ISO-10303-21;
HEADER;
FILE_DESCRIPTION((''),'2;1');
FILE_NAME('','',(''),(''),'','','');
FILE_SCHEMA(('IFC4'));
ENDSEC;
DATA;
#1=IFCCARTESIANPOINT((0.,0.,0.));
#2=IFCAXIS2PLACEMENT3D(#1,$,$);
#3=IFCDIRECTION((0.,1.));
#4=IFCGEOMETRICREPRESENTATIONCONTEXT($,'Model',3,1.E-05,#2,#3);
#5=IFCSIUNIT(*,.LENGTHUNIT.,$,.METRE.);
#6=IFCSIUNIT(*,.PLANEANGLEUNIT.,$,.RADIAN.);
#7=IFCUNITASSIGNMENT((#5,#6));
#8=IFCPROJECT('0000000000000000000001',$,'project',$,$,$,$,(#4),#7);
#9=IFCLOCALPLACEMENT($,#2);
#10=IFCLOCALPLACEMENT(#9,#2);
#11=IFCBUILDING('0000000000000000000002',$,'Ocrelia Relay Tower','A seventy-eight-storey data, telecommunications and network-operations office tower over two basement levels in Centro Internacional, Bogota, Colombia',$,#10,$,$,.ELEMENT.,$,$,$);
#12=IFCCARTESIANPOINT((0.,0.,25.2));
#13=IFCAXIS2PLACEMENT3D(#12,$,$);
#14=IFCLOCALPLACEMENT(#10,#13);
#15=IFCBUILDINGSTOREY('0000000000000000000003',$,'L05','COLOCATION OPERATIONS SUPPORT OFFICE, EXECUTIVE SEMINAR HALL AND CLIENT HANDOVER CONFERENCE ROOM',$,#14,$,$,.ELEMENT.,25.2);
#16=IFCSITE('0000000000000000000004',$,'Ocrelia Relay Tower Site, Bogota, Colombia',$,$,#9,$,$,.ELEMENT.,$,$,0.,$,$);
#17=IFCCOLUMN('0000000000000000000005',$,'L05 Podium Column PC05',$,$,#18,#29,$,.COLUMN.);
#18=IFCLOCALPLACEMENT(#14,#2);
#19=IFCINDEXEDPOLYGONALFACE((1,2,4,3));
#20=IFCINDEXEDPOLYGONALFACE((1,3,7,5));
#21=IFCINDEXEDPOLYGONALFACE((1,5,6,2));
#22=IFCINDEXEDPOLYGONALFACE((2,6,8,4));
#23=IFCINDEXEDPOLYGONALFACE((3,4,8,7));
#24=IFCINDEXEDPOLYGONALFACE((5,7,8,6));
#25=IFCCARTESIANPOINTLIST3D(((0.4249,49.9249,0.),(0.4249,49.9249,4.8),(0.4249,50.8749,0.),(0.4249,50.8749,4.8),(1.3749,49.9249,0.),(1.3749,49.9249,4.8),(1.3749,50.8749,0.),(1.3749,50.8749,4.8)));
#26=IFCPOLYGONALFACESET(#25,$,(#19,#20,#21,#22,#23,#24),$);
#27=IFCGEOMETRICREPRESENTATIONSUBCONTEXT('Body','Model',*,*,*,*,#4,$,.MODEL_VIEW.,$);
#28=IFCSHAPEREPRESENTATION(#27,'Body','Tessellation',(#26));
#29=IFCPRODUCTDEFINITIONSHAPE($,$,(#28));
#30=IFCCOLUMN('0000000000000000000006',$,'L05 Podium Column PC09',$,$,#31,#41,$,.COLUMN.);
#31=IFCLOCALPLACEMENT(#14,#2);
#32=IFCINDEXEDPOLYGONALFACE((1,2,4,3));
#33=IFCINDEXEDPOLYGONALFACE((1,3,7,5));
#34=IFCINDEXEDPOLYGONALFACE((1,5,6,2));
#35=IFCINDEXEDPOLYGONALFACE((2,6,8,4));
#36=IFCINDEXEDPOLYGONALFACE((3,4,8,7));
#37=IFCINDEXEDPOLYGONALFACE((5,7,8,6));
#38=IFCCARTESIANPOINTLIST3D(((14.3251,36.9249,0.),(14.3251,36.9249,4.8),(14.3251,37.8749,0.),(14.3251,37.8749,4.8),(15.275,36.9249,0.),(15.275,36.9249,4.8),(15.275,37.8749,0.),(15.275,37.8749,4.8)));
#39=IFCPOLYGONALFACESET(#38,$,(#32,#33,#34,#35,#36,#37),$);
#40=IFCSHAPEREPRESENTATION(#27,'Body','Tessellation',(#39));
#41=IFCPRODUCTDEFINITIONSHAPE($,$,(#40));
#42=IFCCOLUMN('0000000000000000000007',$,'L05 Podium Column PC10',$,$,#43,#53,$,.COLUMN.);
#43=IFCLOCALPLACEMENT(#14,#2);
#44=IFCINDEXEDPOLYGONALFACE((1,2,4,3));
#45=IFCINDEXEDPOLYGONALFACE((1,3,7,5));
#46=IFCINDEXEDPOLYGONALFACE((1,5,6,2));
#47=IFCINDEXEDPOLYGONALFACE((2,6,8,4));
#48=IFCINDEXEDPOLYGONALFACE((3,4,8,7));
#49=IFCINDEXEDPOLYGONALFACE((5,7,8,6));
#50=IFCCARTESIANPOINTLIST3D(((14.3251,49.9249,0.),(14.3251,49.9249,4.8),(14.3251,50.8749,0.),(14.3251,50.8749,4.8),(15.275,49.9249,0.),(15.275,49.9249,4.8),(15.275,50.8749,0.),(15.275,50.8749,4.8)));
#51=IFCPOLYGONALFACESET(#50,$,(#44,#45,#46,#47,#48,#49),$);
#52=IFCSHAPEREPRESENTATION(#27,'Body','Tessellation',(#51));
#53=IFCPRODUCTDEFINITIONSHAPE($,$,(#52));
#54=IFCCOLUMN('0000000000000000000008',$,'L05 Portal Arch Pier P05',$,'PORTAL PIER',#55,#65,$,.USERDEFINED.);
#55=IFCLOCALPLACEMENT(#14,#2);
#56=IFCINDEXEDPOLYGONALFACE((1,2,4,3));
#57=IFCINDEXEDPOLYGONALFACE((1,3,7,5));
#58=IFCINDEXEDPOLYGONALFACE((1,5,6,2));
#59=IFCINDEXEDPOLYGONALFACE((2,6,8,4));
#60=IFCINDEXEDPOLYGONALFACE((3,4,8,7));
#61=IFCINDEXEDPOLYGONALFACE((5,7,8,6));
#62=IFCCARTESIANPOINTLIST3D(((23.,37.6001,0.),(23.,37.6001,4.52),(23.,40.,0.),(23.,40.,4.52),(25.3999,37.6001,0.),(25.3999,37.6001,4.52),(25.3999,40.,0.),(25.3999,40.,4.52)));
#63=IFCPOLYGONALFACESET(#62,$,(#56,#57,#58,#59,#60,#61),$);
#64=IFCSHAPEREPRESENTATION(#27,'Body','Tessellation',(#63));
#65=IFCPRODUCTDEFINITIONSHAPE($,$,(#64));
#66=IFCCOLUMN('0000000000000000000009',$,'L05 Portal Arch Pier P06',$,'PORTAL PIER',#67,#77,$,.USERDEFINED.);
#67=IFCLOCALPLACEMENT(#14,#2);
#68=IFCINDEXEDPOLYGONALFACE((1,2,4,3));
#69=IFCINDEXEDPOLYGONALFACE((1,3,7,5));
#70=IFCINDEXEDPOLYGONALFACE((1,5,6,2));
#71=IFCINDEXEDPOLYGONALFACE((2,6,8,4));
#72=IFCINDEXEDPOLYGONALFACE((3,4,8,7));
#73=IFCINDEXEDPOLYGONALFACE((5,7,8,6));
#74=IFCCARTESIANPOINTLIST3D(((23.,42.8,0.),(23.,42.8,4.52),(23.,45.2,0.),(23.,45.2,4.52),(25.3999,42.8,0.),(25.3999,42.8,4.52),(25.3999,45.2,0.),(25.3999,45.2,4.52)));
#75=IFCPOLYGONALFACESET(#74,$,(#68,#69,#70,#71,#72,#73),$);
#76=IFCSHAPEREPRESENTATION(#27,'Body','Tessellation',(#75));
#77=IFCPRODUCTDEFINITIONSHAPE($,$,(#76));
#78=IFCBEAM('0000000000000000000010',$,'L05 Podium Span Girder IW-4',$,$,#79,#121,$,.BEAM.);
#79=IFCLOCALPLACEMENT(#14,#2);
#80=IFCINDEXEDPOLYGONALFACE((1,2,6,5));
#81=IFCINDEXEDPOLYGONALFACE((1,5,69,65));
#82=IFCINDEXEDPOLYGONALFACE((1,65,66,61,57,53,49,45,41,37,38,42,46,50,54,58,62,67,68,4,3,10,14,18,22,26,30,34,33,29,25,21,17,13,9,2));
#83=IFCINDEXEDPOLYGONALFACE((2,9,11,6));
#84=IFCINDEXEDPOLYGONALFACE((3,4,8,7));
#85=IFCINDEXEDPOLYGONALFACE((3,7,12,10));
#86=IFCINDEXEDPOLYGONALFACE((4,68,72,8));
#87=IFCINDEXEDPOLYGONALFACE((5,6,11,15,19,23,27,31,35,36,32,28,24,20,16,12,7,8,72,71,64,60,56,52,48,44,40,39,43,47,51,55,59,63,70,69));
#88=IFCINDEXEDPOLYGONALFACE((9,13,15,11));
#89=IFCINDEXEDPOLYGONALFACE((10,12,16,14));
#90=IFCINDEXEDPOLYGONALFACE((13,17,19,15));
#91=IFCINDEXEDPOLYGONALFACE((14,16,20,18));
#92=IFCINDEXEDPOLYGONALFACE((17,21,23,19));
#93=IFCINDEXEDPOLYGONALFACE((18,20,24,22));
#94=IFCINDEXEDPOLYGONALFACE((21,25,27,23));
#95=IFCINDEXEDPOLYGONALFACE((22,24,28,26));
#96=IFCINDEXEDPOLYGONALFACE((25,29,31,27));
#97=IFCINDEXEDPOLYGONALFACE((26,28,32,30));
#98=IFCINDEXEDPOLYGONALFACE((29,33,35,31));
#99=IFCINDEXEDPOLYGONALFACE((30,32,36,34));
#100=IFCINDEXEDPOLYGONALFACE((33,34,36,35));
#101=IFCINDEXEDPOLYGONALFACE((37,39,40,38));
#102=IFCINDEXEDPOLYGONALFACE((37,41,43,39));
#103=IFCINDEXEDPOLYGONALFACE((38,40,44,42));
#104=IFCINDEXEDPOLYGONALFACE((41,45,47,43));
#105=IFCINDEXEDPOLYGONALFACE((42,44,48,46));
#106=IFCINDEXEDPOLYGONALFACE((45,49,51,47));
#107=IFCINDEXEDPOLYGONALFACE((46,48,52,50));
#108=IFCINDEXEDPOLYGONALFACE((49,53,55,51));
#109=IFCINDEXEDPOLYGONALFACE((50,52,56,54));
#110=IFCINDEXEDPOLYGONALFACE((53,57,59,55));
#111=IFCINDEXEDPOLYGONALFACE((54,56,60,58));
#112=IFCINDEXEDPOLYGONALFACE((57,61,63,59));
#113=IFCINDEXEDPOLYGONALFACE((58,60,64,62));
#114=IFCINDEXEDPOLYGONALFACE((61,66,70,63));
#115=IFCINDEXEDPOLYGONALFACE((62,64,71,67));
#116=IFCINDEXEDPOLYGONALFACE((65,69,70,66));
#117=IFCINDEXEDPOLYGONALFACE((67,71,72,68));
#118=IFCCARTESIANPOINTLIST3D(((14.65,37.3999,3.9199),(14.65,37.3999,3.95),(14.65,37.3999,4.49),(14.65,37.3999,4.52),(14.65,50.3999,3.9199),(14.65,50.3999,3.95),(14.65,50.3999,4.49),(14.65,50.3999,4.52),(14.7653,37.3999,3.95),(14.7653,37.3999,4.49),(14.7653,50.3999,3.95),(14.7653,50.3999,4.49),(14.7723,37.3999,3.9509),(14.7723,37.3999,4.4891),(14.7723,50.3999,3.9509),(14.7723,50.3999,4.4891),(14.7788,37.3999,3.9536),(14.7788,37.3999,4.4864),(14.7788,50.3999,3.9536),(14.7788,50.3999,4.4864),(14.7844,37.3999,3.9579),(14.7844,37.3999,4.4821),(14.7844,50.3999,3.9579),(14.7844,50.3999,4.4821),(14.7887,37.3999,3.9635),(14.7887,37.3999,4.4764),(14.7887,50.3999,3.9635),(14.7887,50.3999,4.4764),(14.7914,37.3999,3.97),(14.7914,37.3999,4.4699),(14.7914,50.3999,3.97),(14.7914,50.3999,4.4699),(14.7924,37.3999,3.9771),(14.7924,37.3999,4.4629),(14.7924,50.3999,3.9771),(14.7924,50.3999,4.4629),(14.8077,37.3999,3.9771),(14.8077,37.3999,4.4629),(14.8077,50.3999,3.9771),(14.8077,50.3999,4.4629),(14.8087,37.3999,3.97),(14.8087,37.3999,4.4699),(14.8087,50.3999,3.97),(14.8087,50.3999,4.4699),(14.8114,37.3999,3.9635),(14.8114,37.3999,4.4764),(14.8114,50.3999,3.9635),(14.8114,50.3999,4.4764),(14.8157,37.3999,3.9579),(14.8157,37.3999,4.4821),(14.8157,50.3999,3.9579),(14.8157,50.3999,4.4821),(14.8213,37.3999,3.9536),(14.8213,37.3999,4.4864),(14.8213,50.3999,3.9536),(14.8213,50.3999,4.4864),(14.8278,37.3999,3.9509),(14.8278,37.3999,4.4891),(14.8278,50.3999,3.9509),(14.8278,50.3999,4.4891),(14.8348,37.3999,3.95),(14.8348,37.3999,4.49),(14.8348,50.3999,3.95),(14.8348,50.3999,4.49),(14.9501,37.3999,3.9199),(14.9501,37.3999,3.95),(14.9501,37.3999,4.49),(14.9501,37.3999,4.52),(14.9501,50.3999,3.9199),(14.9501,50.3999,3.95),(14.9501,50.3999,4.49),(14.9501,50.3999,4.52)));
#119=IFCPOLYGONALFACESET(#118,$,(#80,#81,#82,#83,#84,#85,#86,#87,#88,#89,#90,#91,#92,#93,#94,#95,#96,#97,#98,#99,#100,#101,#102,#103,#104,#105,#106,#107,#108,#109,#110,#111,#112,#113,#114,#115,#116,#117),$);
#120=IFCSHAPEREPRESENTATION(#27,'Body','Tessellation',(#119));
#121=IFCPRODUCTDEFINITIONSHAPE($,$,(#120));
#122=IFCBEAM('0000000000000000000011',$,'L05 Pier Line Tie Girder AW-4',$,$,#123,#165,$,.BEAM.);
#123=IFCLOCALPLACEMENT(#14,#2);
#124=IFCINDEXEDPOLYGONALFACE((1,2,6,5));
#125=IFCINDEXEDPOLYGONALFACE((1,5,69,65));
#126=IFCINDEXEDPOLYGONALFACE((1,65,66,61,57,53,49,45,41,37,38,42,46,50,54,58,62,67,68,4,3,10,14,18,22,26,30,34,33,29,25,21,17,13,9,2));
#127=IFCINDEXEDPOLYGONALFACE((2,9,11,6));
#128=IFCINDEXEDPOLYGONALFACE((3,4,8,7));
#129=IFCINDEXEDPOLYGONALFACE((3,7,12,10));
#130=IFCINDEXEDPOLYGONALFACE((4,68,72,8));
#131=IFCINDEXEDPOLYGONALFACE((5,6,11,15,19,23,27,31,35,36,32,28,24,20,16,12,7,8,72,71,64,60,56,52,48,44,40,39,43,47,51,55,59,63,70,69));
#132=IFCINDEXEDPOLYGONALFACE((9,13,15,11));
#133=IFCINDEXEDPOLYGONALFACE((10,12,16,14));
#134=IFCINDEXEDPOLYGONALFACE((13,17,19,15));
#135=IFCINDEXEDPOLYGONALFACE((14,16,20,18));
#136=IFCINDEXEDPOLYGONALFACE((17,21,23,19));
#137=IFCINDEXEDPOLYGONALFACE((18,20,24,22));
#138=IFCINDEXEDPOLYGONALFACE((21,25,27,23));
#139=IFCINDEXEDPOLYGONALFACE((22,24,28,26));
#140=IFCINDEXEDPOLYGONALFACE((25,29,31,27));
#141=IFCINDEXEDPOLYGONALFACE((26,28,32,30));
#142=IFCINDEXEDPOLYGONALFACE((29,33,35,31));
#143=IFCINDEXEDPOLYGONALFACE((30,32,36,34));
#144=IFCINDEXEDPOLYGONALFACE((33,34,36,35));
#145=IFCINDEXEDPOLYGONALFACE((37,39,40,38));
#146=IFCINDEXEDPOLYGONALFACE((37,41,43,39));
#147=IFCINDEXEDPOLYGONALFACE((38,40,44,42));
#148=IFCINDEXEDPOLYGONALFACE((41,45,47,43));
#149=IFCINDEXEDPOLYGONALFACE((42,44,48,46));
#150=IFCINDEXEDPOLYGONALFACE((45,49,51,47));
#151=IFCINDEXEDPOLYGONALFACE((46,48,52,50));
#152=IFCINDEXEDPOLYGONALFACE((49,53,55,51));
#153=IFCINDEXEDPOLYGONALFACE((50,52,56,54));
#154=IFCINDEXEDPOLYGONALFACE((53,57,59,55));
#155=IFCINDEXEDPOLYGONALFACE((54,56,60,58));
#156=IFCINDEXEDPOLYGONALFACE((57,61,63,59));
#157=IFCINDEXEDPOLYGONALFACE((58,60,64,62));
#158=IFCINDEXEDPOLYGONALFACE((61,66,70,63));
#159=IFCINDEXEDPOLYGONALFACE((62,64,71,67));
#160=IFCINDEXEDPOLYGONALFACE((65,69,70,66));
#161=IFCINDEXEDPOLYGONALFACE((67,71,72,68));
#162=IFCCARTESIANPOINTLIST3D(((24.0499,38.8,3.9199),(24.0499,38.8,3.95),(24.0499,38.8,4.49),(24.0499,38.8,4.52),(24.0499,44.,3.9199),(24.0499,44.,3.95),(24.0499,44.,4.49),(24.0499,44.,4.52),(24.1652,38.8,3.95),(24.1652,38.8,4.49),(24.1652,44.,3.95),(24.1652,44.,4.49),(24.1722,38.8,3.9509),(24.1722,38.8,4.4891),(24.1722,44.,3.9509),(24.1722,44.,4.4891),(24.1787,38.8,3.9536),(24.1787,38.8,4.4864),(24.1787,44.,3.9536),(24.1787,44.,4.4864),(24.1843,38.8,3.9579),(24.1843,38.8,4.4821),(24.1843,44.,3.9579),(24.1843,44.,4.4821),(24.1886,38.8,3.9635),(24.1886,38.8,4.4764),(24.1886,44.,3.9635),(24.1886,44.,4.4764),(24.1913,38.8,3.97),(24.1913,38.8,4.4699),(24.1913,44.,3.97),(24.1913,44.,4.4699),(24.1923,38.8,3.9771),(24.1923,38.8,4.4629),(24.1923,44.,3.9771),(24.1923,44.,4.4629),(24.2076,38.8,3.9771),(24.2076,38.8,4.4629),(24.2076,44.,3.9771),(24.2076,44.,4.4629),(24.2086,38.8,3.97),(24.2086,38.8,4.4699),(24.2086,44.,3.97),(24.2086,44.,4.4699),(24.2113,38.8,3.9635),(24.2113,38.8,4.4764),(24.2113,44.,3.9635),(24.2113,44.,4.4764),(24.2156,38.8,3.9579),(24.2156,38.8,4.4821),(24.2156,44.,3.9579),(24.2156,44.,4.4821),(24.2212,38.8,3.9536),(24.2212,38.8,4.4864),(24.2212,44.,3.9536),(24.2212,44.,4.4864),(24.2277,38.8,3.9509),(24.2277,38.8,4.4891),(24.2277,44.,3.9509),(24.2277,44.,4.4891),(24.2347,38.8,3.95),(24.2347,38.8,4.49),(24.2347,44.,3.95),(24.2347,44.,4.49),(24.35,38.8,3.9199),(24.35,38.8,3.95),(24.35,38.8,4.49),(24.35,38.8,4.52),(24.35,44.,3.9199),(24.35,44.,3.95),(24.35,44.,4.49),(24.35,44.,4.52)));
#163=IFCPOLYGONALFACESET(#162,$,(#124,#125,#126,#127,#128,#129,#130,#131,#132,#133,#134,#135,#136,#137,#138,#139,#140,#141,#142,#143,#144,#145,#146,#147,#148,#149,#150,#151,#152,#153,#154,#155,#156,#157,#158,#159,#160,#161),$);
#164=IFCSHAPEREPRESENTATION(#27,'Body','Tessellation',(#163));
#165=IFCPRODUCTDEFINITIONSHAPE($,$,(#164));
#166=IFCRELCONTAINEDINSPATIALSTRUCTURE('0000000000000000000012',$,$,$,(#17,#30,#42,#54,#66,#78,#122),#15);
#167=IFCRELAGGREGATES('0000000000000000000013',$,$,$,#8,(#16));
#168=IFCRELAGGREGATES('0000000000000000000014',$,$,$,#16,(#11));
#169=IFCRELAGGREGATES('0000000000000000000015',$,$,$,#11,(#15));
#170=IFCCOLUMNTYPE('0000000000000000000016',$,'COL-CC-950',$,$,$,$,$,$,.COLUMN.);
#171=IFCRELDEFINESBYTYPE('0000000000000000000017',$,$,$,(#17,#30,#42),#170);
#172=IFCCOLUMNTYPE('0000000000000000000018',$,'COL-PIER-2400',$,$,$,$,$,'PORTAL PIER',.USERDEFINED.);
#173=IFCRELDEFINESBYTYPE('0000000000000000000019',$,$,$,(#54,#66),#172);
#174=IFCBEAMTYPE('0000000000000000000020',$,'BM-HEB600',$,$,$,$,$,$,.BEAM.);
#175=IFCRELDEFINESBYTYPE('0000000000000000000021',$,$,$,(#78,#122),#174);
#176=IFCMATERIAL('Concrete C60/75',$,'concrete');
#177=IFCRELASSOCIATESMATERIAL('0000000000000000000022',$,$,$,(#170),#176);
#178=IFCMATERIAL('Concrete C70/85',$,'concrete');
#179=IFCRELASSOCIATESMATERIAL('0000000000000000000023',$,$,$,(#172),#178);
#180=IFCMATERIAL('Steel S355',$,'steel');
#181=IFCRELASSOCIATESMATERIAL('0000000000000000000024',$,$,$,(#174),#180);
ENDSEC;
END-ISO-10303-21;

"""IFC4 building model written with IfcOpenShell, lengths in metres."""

from ifc_helpers import new_model, si_unit, direction, frame, origin, origin_2d, place, context, subcontext, project, spatial, rectangle, i_section, extrude, material, material_profile, profile_set, type_object, element, save


model = new_model("IFC4")

# Units and contexts
model_context = context("Model", 3, precision=1e-05, world=origin(), true_north=direction((0.0, 1.0)))
body_context = subcontext(model_context, "Body", "Model", "MODEL_VIEW")
ifc_project = project(units=[si_unit("LENGTHUNIT", "METRE"), si_unit("PLANEANGLEUNIT", "RADIAN")], contexts=[model_context])

# Site, building, storey
site_placement = place(None, origin())
site = spatial("IfcSite", under=ifc_project, at=site_placement, Name="Ocrelia Relay Tower Site, Bogota, Colombia", CompositionType="ELEMENT", RefElevation=0.0)
building_placement = place(site_placement, origin())
building = spatial("IfcBuilding", under=site, at=building_placement, Name="Ocrelia Relay Tower", Description="A seventy-eight-storey data, telecommunications and network-operations office tower over two basement levels in Centro Internacional, Bogota, Colombia", CompositionType="ELEMENT")
storey_placement = place(building_placement, frame((0.0, 0.0, 25.2)))
storey = spatial("IfcBuildingStorey", under=building, at=storey_placement, Name="L05", Description="COLOCATION OPERATIONS SUPPORT OFFICE, EXECUTIVE SEMINAR HALL AND CLIENT HANDOVER CONFERENCE ROOM", CompositionType="ELEMENT", Elevation=25.2)

# Columns
ifc_material_1 = material(Name="Concrete C60/75", Category="concrete")
ifc_material_profile_1 = material_profile(ifc_material_1, rectangle(XDim=0.95, YDim=0.95, at=origin_2d()), Name="RC-COL-950x950")
ifc_profile_set_1 = profile_set([ifc_material_profile_1], Name="Concrete C60/75")
column_type_1 = type_object("IfcColumnType", Name="COL-CC-950", PredefinedType="COLUMN", material=ifc_profile_set_1)
for number, where, z_axis, x_axis, name in (
    (1, (0.8999, 50.3999, 0.0), (0.0, 0.0, 1.0), (1.0, 0.0, 0.0), "L05 Podium Column PC05"),
    (2, (14.8, 37.3999, 0.0), (0.0, 0.0, 1.0), (1.0, 0.0, 0.0), "L05 Podium Column PC09"),
    (3, (14.8, 50.3999, 0.0), (0.0, 0.0, 1.0), (1.0, 0.0, 0.0), "L05 Podium Column PC10"),
):
    element("IfcColumn", number, at=place(storey_placement, frame(where, z_axis=z_axis, x_axis=x_axis)), inside=storey, type_object=column_type_1, Name=name, PredefinedType="COLUMN", context=body_context, shape_type="SweptSolid", body=[
        extrude(rectangle(XDim=0.95, YDim=0.95, at=origin_2d()), origin(), (0.0, 0.0, 1.0), 4.8),
    ])
ifc_material_2 = material(Name="Concrete C70/85", Category="concrete")
ifc_material_profile_2 = material_profile(ifc_material_2, rectangle(XDim=2.3999, YDim=2.3999, at=origin_2d()), Name="RC-PIER-2400x2400")
ifc_profile_set_2 = profile_set([ifc_material_profile_2], Name="Concrete C70/85")
column_type_2 = type_object("IfcColumnType", Name="COL-PIER-2400", ElementType="PORTAL PIER", PredefinedType="USERDEFINED", material=ifc_profile_set_2)
for number, where, z_axis, x_axis, name in (
    (4, (24.2, 38.8, 0.0), (0.0, 0.0, 1.0), (1.0, 0.0, 0.0), "L05 Portal Arch Pier P05"),
    (5, (24.2, 44.0, 0.0), (0.0, 0.0, 1.0), (1.0, 0.0, 0.0), "L05 Portal Arch Pier P06"),
):
    element("IfcColumn", number, at=place(storey_placement, frame(where, z_axis=z_axis, x_axis=x_axis)), inside=storey, type_object=column_type_2, Name=name, ObjectType="PORTAL PIER", PredefinedType="USERDEFINED", context=body_context, shape_type="SweptSolid", body=[
        extrude(rectangle(XDim=2.3999, YDim=2.3999, at=origin_2d()), origin(), (0.0, 0.0, 1.0), 4.52),
    ])

# Beams
ifc_material_3 = material(Name="Steel S355", Category="steel")
ifc_material_profile_3 = material_profile(ifc_material_3, i_section(OverallWidth=0.3, OverallDepth=0.6001, WebThickness=0.0154, FlangeThickness=0.03, FilletRadius=0.0271, at=origin_2d()), Name="HEB 600")
ifc_profile_set_3 = profile_set([ifc_material_profile_3], Name="Steel S355")
beam_type_1 = type_object("IfcBeamType", Name="BM-HEB600", PredefinedType="BEAM", material=ifc_profile_set_3)
beam_1_placement = place(storey_placement, frame((14.8, 37.3999, 4.22), z_axis=(0.0, 1.0, 0.0), x_axis=(-1.0, 0.0, 0.0)))
element("IfcBeam", 6, at=beam_1_placement, inside=storey, type_object=beam_type_1, Name="L05 Podium Span Girder IW-4", PredefinedType="BEAM", context=body_context, shape_type="SweptSolid", body=[
    extrude(i_section(OverallWidth=0.3, OverallDepth=0.6001, WebThickness=0.0154, FlangeThickness=0.03, FilletRadius=0.0271, at=origin_2d()), origin(), (0.0, 0.0, 1.0), 13.0),
])
beam_2_placement = place(storey_placement, frame((24.2, 38.8, 4.22), z_axis=(0.0, 1.0, 0.0), x_axis=(-1.0, 0.0, 0.0)))
element("IfcBeam", 7, at=beam_2_placement, inside=storey, type_object=beam_type_1, Name="L05 Pier Line Tie Girder AW-4", PredefinedType="BEAM", context=body_context, shape_type="SweptSolid", body=[
    extrude(i_section(OverallWidth=0.3, OverallDepth=0.6001, WebThickness=0.0154, FlangeThickness=0.03, FilletRadius=0.0271, at=origin_2d()), origin(), (0.0, 0.0, 1.0), 5.2),
])

save(model, "model.ifc")
